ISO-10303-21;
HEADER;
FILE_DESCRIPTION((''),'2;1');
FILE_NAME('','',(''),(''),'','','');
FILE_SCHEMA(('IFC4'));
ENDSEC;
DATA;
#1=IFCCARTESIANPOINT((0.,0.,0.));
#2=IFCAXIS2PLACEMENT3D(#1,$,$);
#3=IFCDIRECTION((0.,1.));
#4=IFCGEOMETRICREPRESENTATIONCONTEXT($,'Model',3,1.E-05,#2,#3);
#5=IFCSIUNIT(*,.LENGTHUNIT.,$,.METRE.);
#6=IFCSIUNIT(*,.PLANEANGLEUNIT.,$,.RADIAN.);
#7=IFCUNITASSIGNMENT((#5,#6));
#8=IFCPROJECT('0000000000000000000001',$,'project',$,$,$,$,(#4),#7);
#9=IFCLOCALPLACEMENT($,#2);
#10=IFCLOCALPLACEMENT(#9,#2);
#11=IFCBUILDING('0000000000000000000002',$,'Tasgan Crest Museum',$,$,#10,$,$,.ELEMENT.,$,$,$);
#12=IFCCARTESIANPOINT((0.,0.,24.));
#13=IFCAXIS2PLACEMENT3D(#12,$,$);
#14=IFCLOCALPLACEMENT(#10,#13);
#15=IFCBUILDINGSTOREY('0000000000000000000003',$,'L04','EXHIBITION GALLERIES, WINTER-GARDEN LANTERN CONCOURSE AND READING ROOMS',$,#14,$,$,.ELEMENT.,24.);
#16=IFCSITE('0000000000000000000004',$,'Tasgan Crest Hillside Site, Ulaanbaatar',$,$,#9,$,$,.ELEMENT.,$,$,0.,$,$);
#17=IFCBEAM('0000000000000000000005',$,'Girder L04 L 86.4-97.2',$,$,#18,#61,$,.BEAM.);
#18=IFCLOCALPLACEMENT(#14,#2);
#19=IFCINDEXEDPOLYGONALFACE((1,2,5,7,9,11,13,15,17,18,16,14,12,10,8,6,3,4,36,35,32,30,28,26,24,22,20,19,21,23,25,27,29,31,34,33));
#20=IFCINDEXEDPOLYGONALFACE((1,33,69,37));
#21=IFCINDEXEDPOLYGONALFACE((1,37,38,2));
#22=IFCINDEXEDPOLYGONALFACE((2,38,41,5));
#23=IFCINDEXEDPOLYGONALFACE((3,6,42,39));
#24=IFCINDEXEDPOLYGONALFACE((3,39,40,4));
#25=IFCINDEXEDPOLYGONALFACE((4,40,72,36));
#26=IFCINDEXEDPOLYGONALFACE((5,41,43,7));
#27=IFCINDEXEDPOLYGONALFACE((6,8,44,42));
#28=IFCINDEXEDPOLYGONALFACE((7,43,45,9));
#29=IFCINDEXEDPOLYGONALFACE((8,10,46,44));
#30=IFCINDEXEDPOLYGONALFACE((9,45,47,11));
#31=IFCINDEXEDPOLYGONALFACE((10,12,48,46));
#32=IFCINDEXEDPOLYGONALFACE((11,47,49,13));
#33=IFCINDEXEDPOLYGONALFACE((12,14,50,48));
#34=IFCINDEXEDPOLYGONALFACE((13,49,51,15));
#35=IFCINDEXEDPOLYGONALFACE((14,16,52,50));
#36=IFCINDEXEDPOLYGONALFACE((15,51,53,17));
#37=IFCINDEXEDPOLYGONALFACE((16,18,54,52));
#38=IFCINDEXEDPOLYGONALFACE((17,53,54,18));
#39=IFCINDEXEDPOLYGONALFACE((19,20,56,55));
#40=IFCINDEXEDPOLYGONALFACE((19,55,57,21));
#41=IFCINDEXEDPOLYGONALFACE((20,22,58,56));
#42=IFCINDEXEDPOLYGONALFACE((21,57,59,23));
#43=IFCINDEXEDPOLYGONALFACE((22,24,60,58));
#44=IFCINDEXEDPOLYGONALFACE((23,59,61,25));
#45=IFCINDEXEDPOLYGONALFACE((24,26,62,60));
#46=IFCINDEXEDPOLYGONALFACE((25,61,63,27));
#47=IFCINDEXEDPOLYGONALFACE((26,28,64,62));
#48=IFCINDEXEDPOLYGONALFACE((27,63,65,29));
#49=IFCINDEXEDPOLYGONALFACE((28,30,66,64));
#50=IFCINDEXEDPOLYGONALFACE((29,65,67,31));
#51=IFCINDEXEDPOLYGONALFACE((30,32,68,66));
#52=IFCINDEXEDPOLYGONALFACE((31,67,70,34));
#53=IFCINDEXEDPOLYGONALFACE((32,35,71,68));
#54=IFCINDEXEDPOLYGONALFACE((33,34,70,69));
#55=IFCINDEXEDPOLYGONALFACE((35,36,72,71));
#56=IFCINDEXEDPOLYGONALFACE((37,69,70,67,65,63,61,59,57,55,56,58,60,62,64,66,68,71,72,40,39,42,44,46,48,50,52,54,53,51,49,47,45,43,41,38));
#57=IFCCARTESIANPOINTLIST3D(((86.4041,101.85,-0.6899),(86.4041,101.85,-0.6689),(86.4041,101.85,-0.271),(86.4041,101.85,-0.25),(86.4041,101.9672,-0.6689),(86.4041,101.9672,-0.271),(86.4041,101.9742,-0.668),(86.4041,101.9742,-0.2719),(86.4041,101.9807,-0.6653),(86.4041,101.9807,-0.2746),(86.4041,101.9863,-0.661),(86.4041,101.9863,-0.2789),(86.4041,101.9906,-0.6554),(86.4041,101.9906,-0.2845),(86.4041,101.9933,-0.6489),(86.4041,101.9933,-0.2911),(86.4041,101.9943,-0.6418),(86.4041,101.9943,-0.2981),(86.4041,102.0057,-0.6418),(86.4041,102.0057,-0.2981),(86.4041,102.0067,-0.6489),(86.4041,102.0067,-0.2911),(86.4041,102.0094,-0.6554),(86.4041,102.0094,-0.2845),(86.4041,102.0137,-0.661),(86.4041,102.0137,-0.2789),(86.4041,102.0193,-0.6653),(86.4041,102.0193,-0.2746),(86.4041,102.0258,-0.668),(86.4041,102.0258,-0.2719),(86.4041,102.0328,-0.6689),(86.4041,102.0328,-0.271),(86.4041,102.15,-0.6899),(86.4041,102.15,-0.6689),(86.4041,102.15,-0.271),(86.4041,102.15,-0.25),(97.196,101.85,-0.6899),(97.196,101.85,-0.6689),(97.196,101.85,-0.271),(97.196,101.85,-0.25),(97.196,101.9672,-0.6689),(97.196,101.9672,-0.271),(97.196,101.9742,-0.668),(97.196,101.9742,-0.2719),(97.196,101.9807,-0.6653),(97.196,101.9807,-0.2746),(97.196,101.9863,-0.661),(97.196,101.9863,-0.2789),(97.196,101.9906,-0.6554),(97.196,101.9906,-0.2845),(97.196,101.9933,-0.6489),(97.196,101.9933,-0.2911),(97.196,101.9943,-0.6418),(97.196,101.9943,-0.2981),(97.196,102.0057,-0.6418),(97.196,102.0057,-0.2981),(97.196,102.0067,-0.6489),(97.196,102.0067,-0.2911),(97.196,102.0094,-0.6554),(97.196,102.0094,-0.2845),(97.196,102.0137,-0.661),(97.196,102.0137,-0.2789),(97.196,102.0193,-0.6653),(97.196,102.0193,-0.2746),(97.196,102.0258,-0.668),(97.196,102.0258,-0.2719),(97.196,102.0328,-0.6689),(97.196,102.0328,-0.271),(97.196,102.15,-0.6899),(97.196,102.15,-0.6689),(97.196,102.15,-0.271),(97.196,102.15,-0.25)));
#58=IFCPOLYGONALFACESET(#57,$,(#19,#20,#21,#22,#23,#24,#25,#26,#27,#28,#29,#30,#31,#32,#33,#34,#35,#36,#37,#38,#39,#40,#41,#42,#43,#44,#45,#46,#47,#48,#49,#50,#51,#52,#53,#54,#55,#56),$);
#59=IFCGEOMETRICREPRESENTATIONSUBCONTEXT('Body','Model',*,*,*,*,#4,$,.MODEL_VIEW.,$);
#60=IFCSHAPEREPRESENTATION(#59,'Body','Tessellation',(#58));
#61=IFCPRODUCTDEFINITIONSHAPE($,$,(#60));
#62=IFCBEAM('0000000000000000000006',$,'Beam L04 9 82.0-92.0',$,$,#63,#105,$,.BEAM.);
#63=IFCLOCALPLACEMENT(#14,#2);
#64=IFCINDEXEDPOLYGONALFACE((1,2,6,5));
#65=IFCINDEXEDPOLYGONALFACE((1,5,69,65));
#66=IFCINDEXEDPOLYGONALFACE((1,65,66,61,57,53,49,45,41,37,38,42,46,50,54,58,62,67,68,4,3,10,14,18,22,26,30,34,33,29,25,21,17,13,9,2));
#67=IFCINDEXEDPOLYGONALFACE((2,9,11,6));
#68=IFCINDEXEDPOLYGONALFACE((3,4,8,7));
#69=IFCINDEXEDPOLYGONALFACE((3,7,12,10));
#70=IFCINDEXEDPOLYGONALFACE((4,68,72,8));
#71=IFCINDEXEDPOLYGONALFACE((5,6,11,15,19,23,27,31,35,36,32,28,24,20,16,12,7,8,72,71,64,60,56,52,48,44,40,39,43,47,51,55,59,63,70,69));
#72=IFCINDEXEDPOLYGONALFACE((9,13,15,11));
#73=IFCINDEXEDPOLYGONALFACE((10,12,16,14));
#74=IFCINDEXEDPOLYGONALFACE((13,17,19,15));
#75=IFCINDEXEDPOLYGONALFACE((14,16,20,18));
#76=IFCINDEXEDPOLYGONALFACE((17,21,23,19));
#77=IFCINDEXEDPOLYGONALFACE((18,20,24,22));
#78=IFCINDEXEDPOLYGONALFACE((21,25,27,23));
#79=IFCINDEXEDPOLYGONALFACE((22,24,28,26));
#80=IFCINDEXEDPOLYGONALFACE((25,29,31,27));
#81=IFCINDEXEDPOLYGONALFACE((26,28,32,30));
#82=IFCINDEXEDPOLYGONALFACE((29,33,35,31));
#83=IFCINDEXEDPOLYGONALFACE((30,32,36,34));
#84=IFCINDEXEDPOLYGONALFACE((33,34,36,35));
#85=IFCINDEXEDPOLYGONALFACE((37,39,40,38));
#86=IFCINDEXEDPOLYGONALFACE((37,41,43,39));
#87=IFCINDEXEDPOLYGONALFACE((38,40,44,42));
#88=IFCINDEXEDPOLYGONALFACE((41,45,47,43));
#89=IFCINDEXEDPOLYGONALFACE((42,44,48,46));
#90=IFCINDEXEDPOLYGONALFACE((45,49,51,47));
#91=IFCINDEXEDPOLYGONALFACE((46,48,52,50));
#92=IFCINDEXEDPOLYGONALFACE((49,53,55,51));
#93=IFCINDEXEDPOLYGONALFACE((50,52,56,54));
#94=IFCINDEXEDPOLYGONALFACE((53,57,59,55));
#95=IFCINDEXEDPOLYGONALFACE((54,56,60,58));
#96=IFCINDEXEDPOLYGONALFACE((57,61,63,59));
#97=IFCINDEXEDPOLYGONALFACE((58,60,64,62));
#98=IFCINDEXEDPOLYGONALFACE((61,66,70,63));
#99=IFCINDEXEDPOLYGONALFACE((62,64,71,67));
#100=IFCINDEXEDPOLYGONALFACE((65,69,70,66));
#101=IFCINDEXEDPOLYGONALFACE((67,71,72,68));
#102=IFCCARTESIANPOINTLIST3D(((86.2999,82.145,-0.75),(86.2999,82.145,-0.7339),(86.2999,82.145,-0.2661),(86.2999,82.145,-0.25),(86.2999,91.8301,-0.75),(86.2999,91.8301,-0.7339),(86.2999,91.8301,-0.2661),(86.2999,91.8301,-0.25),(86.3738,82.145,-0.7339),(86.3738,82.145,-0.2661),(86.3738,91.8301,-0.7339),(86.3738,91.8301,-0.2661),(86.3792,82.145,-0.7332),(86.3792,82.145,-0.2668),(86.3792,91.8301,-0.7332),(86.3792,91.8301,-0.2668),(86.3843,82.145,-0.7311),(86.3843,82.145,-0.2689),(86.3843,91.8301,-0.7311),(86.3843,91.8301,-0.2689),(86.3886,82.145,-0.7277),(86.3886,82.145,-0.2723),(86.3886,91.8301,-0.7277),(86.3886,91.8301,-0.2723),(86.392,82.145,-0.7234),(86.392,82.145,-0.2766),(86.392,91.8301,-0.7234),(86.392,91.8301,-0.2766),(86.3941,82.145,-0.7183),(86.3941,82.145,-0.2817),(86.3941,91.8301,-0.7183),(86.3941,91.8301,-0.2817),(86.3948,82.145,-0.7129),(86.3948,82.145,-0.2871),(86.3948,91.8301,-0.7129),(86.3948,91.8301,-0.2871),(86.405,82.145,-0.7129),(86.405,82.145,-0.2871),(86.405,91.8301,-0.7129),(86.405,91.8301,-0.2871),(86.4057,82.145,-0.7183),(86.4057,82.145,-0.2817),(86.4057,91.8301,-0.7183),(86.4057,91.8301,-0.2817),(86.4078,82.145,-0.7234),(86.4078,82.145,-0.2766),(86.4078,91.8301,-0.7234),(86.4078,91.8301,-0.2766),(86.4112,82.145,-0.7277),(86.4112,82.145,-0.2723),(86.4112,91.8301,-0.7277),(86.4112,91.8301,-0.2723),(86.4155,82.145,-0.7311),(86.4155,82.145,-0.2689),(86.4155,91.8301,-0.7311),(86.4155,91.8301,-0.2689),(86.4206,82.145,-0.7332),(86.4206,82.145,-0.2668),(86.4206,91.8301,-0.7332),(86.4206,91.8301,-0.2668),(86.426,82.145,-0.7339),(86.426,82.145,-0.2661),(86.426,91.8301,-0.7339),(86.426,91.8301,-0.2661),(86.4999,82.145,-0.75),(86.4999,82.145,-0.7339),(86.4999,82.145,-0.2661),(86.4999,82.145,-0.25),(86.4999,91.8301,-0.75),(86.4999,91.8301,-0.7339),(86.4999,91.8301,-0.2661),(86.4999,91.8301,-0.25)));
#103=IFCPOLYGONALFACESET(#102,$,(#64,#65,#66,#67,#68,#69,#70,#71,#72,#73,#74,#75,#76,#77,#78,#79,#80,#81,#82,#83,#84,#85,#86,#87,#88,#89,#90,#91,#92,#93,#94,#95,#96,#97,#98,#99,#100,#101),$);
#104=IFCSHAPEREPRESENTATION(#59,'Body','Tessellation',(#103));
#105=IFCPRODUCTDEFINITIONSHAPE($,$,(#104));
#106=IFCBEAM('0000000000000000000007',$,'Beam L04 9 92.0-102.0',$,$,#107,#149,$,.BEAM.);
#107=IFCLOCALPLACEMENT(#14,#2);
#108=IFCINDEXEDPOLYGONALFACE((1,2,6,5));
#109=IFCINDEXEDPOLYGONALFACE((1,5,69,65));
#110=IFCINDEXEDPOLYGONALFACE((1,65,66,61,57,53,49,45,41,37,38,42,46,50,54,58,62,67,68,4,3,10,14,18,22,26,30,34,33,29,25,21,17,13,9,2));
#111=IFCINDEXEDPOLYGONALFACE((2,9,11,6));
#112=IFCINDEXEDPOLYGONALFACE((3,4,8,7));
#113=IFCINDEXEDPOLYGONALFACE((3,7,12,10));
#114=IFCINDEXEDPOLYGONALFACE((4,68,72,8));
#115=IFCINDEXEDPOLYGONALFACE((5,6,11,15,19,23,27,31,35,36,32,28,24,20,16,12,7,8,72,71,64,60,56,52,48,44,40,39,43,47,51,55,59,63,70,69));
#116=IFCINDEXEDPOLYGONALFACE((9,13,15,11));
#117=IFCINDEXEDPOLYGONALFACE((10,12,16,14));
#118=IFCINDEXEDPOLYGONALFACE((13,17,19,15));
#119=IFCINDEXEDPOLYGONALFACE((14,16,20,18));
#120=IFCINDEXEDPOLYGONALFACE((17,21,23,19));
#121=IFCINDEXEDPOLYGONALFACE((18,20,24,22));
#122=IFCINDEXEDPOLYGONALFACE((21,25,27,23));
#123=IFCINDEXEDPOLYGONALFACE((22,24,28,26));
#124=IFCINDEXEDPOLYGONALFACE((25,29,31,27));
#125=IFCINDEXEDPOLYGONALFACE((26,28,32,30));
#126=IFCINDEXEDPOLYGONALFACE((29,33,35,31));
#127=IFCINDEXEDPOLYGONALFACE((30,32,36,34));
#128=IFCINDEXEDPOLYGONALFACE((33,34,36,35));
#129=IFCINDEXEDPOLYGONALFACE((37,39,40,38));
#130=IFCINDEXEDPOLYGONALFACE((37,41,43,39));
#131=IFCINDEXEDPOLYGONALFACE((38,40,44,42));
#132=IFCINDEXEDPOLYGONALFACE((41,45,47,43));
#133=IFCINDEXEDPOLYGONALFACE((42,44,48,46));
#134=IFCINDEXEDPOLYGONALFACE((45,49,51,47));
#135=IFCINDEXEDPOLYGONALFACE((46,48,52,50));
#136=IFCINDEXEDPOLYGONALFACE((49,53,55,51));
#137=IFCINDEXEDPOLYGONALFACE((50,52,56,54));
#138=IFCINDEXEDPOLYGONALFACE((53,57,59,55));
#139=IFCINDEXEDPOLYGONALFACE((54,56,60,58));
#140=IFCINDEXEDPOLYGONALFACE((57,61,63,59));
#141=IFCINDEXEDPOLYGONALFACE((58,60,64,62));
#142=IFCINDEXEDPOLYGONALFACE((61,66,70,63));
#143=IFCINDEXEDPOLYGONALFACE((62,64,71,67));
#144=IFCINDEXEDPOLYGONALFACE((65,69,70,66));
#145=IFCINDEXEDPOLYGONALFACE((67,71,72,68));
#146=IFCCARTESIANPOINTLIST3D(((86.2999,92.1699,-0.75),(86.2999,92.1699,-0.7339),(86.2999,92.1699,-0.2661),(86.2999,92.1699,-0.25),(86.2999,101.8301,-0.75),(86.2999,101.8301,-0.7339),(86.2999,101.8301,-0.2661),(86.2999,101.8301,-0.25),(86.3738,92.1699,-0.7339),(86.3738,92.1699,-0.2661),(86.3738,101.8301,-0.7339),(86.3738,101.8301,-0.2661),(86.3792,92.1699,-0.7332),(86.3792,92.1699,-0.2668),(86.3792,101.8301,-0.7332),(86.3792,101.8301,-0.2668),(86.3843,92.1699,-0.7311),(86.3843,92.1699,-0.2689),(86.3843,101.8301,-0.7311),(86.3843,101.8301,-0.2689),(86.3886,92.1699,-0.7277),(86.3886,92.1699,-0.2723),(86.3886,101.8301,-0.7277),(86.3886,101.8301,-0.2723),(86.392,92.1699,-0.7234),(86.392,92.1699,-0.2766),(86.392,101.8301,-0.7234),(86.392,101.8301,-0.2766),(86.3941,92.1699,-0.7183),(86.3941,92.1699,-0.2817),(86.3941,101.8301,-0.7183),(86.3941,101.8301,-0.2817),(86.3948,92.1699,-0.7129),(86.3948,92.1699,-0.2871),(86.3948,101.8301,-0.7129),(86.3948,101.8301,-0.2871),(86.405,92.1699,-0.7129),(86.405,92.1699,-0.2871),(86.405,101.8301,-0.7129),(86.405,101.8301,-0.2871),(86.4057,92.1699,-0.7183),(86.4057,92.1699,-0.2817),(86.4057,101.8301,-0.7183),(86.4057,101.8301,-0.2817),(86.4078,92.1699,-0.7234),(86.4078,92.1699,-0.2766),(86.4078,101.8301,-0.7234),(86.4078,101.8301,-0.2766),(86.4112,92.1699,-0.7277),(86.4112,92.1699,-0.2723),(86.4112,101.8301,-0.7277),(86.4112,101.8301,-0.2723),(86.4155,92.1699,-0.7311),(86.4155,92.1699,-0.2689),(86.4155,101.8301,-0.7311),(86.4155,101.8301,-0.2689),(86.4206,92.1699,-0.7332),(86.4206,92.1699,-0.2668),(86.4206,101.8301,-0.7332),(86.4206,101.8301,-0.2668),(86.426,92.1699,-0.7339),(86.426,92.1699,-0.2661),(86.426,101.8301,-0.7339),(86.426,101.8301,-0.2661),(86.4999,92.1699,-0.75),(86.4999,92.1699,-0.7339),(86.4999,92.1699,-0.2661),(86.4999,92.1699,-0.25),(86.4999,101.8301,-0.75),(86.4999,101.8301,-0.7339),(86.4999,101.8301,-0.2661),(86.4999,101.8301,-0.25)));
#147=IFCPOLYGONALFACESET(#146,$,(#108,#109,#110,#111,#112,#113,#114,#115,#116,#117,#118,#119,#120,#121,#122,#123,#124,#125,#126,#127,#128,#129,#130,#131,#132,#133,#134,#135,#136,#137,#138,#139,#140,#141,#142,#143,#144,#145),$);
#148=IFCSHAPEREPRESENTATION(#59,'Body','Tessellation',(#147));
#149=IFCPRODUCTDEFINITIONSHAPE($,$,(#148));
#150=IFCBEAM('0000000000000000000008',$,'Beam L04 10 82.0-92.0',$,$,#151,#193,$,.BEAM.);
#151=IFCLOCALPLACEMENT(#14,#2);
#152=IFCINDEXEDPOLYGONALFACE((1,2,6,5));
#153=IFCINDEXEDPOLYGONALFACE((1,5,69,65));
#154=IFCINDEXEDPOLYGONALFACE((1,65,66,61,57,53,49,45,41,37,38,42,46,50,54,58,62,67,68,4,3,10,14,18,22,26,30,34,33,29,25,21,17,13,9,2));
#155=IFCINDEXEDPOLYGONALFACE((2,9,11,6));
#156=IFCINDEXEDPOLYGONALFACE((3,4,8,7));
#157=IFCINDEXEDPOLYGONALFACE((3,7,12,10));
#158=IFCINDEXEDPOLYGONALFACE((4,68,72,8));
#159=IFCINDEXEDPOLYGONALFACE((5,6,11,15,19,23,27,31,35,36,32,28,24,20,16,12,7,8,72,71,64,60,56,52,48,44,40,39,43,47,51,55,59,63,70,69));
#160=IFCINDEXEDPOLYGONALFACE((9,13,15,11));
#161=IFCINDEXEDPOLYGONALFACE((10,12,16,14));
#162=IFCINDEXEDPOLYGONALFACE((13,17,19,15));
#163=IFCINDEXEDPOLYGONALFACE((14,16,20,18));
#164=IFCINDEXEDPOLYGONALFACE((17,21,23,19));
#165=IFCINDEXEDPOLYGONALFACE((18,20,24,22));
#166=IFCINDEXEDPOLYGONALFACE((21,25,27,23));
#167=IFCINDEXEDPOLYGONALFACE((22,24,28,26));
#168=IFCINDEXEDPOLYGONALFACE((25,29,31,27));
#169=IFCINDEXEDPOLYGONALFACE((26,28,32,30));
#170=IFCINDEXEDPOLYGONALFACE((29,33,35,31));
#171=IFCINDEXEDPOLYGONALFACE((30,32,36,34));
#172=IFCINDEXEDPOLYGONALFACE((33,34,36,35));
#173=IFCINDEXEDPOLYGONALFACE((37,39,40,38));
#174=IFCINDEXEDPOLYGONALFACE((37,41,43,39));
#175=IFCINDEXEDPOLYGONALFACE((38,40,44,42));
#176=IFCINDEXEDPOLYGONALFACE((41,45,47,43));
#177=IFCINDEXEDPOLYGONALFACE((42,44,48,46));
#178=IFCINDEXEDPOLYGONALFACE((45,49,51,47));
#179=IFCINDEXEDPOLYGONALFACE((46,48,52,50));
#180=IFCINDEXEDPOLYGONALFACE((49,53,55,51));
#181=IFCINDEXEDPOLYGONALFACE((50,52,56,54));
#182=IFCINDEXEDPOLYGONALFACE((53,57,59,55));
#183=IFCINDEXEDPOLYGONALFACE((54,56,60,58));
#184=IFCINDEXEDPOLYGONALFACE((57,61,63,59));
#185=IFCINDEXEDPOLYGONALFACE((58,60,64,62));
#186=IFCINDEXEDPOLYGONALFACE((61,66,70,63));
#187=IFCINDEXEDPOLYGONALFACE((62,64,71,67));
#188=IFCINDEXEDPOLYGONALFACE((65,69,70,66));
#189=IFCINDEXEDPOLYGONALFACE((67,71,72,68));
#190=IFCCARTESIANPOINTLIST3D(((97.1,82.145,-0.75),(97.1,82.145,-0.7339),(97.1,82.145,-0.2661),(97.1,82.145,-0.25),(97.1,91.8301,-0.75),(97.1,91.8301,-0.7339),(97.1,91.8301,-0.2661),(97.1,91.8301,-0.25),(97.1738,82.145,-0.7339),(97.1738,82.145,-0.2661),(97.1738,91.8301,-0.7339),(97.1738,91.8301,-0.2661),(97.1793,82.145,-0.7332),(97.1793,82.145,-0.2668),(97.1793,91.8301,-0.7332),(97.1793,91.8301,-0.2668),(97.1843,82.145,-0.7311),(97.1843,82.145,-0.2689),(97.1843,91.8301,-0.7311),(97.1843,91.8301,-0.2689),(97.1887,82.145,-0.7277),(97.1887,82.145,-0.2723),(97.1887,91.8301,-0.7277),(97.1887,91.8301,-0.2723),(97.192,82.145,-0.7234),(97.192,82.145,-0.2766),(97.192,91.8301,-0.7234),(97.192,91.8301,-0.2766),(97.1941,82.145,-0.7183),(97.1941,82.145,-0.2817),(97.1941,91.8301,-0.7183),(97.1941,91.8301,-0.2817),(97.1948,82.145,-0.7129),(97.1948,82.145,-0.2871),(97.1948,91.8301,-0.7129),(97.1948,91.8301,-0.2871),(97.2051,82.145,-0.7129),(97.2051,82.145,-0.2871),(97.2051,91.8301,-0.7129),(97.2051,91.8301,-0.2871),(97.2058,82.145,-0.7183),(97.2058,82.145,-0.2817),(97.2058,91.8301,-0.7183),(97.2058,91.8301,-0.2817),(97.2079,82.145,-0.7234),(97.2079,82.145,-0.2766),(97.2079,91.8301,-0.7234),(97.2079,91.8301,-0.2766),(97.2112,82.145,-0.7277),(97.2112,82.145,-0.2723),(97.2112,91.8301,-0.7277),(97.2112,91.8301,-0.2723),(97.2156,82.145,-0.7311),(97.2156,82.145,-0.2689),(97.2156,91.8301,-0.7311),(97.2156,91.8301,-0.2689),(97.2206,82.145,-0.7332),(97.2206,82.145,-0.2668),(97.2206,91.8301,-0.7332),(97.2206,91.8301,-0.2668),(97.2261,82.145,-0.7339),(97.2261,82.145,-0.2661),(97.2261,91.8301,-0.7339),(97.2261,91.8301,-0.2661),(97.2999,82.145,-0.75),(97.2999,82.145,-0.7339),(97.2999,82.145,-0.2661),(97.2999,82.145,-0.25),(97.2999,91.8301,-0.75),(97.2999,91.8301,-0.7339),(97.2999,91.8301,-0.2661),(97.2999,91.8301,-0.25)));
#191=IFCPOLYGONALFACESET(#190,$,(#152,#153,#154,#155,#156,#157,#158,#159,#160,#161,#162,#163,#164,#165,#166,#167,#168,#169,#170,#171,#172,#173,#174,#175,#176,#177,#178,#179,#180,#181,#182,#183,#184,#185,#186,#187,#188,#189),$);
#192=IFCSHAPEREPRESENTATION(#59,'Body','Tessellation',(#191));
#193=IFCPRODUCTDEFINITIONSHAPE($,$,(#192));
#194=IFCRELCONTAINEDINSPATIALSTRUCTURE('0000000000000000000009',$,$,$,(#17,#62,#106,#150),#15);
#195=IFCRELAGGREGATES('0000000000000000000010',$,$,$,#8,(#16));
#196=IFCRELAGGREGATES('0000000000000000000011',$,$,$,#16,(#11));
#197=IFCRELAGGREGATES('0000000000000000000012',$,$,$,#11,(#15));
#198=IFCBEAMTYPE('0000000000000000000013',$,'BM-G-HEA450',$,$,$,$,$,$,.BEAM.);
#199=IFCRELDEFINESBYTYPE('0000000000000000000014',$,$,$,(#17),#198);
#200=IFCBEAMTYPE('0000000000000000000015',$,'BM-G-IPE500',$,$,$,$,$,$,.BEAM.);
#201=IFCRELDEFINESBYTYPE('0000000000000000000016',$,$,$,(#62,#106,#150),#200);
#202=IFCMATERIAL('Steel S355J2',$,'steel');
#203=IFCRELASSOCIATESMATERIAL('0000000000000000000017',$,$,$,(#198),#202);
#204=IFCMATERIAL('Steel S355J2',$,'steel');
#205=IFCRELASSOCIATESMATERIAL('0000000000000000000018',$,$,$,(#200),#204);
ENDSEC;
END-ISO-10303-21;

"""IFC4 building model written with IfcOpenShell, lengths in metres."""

from ifc_helpers import new_model, si_unit, direction, frame, origin, origin_2d, place, context, subcontext, project, spatial, i_section, extrude, material, material_profile, profile_set, type_object, element, save


model = new_model("IFC4")

# Units and contexts
model_context = context("Model", 3, precision=1e-05, world=origin(), true_north=direction((0.0, 1.0)))
body_context = subcontext(model_context, "Body", "Model", "MODEL_VIEW")
ifc_project = project(units=[si_unit("LENGTHUNIT", "METRE"), si_unit("PLANEANGLEUNIT", "RADIAN")], contexts=[model_context])

# Site, building, storey
site_placement = place(None, origin())
site = spatial("IfcSite", under=ifc_project, at=site_placement, Name="Tasgan Crest Hillside Site, Ulaanbaatar", CompositionType="ELEMENT", RefElevation=0.0)
building_placement = place(site_placement, origin())
building = spatial("IfcBuilding", under=site, at=building_placement, Name="Tasgan Crest Museum", CompositionType="ELEMENT")
storey_placement = place(building_placement, frame((0.0, 0.0, 24.0)))
storey = spatial("IfcBuildingStorey", under=building, at=storey_placement, Name="L04", Description="EXHIBITION GALLERIES, WINTER-GARDEN LANTERN CONCOURSE AND READING ROOMS", CompositionType="ELEMENT", Elevation=24.0)

# Beams
ifc_material_1 = material(Name="Steel S355J2", Category="steel")
ifc_material_profile_1 = material_profile(ifc_material_1, i_section(OverallWidth=0.3, OverallDepth=0.4399, WebThickness=0.0115, FlangeThickness=0.021, FilletRadius=0.0271, at=origin_2d()), Name="HEA 450")
ifc_profile_set_1 = profile_set([ifc_material_profile_1], Name="Steel S355J2")
beam_type_1 = type_object("IfcBeamType", Name="BM-G-HEA450", PredefinedType="BEAM", material=ifc_profile_set_1)
for number, where, z_axis, x_axis, name in (
    (1, (86.4041, 102.0, -0.47), (1.0, 0.0, 0.0), (0.0, 1.0, 0.0), "Girder L04 L 86.4-97.2"),
):
    element("IfcBeam", number, at=place(storey_placement, frame(where, z_axis=z_axis, x_axis=x_axis)), inside=storey, type_object=beam_type_1, Name=name, PredefinedType="BEAM", context=body_context, shape_type="SweptSolid", body=[
        extrude(i_section(OverallWidth=0.3, OverallDepth=0.4399, WebThickness=0.0115, FlangeThickness=0.021, FilletRadius=0.0271, at=origin_2d()), origin(), (0.0, 0.0, 1.0), 10.792),
    ])
ifc_material_2 = material(Name="Steel S355J2", Category="steel")
ifc_material_profile_2 = material_profile(ifc_material_2, i_section(OverallWidth=0.2, OverallDepth=0.5, WebThickness=0.0103, FlangeThickness=0.0161, FilletRadius=0.021, at=origin_2d()), Name="IPE 500")
ifc_profile_set_2 = profile_set([ifc_material_profile_2], Name="Steel S355J2")
beam_type_2 = type_object("IfcBeamType", Name="BM-G-IPE500", PredefinedType="BEAM", material=ifc_profile_set_2)
beam_1_placement = place(storey_placement, frame((86.3999, 82.145, -0.5), z_axis=(0.0, 1.0, 0.0), x_axis=(-1.0, 0.0, 0.0)))
element("IfcBeam", 2, at=beam_1_placement, inside=storey, type_object=beam_type_2, Name="Beam L04 9 82.0-92.0", PredefinedType="BEAM", context=body_context, shape_type="SweptSolid", body=[
    extrude(i_section(OverallWidth=0.2, OverallDepth=0.5, WebThickness=0.0103, FlangeThickness=0.0161, FilletRadius=0.021, at=origin_2d()), origin(), (0.0, 0.0, 1.0), 9.6851),
])
beam_2_placement = place(storey_placement, frame((86.3999, 92.1699, -0.5), z_axis=(0.0, 1.0, 0.0), x_axis=(-1.0, 0.0, 0.0)))
element("IfcBeam", 3, at=beam_2_placement, inside=storey, type_object=beam_type_2, Name="Beam L04 9 92.0-102.0", PredefinedType="BEAM", context=body_context, shape_type="SweptSolid", body=[
    extrude(i_section(OverallWidth=0.2, OverallDepth=0.5, WebThickness=0.0103, FlangeThickness=0.0161, FilletRadius=0.021, at=origin_2d()), origin(), (0.0, 0.0, 1.0), 9.6602),
])
beam_3_placement = place(storey_placement, frame((97.2, 82.145, -0.5), z_axis=(0.0, 1.0, 0.0), x_axis=(-1.0, 0.0, 0.0)))
element("IfcBeam", 4, at=beam_3_placement, inside=storey, type_object=beam_type_2, Name="Beam L04 10 82.0-92.0", PredefinedType="BEAM", context=body_context, shape_type="SweptSolid", body=[
    extrude(i_section(OverallWidth=0.2, OverallDepth=0.5, WebThickness=0.0103, FlangeThickness=0.0161, FilletRadius=0.021, at=origin_2d()), origin(), (0.0, 0.0, 1.0), 9.6851),
])

save(model, "model.ifc")
